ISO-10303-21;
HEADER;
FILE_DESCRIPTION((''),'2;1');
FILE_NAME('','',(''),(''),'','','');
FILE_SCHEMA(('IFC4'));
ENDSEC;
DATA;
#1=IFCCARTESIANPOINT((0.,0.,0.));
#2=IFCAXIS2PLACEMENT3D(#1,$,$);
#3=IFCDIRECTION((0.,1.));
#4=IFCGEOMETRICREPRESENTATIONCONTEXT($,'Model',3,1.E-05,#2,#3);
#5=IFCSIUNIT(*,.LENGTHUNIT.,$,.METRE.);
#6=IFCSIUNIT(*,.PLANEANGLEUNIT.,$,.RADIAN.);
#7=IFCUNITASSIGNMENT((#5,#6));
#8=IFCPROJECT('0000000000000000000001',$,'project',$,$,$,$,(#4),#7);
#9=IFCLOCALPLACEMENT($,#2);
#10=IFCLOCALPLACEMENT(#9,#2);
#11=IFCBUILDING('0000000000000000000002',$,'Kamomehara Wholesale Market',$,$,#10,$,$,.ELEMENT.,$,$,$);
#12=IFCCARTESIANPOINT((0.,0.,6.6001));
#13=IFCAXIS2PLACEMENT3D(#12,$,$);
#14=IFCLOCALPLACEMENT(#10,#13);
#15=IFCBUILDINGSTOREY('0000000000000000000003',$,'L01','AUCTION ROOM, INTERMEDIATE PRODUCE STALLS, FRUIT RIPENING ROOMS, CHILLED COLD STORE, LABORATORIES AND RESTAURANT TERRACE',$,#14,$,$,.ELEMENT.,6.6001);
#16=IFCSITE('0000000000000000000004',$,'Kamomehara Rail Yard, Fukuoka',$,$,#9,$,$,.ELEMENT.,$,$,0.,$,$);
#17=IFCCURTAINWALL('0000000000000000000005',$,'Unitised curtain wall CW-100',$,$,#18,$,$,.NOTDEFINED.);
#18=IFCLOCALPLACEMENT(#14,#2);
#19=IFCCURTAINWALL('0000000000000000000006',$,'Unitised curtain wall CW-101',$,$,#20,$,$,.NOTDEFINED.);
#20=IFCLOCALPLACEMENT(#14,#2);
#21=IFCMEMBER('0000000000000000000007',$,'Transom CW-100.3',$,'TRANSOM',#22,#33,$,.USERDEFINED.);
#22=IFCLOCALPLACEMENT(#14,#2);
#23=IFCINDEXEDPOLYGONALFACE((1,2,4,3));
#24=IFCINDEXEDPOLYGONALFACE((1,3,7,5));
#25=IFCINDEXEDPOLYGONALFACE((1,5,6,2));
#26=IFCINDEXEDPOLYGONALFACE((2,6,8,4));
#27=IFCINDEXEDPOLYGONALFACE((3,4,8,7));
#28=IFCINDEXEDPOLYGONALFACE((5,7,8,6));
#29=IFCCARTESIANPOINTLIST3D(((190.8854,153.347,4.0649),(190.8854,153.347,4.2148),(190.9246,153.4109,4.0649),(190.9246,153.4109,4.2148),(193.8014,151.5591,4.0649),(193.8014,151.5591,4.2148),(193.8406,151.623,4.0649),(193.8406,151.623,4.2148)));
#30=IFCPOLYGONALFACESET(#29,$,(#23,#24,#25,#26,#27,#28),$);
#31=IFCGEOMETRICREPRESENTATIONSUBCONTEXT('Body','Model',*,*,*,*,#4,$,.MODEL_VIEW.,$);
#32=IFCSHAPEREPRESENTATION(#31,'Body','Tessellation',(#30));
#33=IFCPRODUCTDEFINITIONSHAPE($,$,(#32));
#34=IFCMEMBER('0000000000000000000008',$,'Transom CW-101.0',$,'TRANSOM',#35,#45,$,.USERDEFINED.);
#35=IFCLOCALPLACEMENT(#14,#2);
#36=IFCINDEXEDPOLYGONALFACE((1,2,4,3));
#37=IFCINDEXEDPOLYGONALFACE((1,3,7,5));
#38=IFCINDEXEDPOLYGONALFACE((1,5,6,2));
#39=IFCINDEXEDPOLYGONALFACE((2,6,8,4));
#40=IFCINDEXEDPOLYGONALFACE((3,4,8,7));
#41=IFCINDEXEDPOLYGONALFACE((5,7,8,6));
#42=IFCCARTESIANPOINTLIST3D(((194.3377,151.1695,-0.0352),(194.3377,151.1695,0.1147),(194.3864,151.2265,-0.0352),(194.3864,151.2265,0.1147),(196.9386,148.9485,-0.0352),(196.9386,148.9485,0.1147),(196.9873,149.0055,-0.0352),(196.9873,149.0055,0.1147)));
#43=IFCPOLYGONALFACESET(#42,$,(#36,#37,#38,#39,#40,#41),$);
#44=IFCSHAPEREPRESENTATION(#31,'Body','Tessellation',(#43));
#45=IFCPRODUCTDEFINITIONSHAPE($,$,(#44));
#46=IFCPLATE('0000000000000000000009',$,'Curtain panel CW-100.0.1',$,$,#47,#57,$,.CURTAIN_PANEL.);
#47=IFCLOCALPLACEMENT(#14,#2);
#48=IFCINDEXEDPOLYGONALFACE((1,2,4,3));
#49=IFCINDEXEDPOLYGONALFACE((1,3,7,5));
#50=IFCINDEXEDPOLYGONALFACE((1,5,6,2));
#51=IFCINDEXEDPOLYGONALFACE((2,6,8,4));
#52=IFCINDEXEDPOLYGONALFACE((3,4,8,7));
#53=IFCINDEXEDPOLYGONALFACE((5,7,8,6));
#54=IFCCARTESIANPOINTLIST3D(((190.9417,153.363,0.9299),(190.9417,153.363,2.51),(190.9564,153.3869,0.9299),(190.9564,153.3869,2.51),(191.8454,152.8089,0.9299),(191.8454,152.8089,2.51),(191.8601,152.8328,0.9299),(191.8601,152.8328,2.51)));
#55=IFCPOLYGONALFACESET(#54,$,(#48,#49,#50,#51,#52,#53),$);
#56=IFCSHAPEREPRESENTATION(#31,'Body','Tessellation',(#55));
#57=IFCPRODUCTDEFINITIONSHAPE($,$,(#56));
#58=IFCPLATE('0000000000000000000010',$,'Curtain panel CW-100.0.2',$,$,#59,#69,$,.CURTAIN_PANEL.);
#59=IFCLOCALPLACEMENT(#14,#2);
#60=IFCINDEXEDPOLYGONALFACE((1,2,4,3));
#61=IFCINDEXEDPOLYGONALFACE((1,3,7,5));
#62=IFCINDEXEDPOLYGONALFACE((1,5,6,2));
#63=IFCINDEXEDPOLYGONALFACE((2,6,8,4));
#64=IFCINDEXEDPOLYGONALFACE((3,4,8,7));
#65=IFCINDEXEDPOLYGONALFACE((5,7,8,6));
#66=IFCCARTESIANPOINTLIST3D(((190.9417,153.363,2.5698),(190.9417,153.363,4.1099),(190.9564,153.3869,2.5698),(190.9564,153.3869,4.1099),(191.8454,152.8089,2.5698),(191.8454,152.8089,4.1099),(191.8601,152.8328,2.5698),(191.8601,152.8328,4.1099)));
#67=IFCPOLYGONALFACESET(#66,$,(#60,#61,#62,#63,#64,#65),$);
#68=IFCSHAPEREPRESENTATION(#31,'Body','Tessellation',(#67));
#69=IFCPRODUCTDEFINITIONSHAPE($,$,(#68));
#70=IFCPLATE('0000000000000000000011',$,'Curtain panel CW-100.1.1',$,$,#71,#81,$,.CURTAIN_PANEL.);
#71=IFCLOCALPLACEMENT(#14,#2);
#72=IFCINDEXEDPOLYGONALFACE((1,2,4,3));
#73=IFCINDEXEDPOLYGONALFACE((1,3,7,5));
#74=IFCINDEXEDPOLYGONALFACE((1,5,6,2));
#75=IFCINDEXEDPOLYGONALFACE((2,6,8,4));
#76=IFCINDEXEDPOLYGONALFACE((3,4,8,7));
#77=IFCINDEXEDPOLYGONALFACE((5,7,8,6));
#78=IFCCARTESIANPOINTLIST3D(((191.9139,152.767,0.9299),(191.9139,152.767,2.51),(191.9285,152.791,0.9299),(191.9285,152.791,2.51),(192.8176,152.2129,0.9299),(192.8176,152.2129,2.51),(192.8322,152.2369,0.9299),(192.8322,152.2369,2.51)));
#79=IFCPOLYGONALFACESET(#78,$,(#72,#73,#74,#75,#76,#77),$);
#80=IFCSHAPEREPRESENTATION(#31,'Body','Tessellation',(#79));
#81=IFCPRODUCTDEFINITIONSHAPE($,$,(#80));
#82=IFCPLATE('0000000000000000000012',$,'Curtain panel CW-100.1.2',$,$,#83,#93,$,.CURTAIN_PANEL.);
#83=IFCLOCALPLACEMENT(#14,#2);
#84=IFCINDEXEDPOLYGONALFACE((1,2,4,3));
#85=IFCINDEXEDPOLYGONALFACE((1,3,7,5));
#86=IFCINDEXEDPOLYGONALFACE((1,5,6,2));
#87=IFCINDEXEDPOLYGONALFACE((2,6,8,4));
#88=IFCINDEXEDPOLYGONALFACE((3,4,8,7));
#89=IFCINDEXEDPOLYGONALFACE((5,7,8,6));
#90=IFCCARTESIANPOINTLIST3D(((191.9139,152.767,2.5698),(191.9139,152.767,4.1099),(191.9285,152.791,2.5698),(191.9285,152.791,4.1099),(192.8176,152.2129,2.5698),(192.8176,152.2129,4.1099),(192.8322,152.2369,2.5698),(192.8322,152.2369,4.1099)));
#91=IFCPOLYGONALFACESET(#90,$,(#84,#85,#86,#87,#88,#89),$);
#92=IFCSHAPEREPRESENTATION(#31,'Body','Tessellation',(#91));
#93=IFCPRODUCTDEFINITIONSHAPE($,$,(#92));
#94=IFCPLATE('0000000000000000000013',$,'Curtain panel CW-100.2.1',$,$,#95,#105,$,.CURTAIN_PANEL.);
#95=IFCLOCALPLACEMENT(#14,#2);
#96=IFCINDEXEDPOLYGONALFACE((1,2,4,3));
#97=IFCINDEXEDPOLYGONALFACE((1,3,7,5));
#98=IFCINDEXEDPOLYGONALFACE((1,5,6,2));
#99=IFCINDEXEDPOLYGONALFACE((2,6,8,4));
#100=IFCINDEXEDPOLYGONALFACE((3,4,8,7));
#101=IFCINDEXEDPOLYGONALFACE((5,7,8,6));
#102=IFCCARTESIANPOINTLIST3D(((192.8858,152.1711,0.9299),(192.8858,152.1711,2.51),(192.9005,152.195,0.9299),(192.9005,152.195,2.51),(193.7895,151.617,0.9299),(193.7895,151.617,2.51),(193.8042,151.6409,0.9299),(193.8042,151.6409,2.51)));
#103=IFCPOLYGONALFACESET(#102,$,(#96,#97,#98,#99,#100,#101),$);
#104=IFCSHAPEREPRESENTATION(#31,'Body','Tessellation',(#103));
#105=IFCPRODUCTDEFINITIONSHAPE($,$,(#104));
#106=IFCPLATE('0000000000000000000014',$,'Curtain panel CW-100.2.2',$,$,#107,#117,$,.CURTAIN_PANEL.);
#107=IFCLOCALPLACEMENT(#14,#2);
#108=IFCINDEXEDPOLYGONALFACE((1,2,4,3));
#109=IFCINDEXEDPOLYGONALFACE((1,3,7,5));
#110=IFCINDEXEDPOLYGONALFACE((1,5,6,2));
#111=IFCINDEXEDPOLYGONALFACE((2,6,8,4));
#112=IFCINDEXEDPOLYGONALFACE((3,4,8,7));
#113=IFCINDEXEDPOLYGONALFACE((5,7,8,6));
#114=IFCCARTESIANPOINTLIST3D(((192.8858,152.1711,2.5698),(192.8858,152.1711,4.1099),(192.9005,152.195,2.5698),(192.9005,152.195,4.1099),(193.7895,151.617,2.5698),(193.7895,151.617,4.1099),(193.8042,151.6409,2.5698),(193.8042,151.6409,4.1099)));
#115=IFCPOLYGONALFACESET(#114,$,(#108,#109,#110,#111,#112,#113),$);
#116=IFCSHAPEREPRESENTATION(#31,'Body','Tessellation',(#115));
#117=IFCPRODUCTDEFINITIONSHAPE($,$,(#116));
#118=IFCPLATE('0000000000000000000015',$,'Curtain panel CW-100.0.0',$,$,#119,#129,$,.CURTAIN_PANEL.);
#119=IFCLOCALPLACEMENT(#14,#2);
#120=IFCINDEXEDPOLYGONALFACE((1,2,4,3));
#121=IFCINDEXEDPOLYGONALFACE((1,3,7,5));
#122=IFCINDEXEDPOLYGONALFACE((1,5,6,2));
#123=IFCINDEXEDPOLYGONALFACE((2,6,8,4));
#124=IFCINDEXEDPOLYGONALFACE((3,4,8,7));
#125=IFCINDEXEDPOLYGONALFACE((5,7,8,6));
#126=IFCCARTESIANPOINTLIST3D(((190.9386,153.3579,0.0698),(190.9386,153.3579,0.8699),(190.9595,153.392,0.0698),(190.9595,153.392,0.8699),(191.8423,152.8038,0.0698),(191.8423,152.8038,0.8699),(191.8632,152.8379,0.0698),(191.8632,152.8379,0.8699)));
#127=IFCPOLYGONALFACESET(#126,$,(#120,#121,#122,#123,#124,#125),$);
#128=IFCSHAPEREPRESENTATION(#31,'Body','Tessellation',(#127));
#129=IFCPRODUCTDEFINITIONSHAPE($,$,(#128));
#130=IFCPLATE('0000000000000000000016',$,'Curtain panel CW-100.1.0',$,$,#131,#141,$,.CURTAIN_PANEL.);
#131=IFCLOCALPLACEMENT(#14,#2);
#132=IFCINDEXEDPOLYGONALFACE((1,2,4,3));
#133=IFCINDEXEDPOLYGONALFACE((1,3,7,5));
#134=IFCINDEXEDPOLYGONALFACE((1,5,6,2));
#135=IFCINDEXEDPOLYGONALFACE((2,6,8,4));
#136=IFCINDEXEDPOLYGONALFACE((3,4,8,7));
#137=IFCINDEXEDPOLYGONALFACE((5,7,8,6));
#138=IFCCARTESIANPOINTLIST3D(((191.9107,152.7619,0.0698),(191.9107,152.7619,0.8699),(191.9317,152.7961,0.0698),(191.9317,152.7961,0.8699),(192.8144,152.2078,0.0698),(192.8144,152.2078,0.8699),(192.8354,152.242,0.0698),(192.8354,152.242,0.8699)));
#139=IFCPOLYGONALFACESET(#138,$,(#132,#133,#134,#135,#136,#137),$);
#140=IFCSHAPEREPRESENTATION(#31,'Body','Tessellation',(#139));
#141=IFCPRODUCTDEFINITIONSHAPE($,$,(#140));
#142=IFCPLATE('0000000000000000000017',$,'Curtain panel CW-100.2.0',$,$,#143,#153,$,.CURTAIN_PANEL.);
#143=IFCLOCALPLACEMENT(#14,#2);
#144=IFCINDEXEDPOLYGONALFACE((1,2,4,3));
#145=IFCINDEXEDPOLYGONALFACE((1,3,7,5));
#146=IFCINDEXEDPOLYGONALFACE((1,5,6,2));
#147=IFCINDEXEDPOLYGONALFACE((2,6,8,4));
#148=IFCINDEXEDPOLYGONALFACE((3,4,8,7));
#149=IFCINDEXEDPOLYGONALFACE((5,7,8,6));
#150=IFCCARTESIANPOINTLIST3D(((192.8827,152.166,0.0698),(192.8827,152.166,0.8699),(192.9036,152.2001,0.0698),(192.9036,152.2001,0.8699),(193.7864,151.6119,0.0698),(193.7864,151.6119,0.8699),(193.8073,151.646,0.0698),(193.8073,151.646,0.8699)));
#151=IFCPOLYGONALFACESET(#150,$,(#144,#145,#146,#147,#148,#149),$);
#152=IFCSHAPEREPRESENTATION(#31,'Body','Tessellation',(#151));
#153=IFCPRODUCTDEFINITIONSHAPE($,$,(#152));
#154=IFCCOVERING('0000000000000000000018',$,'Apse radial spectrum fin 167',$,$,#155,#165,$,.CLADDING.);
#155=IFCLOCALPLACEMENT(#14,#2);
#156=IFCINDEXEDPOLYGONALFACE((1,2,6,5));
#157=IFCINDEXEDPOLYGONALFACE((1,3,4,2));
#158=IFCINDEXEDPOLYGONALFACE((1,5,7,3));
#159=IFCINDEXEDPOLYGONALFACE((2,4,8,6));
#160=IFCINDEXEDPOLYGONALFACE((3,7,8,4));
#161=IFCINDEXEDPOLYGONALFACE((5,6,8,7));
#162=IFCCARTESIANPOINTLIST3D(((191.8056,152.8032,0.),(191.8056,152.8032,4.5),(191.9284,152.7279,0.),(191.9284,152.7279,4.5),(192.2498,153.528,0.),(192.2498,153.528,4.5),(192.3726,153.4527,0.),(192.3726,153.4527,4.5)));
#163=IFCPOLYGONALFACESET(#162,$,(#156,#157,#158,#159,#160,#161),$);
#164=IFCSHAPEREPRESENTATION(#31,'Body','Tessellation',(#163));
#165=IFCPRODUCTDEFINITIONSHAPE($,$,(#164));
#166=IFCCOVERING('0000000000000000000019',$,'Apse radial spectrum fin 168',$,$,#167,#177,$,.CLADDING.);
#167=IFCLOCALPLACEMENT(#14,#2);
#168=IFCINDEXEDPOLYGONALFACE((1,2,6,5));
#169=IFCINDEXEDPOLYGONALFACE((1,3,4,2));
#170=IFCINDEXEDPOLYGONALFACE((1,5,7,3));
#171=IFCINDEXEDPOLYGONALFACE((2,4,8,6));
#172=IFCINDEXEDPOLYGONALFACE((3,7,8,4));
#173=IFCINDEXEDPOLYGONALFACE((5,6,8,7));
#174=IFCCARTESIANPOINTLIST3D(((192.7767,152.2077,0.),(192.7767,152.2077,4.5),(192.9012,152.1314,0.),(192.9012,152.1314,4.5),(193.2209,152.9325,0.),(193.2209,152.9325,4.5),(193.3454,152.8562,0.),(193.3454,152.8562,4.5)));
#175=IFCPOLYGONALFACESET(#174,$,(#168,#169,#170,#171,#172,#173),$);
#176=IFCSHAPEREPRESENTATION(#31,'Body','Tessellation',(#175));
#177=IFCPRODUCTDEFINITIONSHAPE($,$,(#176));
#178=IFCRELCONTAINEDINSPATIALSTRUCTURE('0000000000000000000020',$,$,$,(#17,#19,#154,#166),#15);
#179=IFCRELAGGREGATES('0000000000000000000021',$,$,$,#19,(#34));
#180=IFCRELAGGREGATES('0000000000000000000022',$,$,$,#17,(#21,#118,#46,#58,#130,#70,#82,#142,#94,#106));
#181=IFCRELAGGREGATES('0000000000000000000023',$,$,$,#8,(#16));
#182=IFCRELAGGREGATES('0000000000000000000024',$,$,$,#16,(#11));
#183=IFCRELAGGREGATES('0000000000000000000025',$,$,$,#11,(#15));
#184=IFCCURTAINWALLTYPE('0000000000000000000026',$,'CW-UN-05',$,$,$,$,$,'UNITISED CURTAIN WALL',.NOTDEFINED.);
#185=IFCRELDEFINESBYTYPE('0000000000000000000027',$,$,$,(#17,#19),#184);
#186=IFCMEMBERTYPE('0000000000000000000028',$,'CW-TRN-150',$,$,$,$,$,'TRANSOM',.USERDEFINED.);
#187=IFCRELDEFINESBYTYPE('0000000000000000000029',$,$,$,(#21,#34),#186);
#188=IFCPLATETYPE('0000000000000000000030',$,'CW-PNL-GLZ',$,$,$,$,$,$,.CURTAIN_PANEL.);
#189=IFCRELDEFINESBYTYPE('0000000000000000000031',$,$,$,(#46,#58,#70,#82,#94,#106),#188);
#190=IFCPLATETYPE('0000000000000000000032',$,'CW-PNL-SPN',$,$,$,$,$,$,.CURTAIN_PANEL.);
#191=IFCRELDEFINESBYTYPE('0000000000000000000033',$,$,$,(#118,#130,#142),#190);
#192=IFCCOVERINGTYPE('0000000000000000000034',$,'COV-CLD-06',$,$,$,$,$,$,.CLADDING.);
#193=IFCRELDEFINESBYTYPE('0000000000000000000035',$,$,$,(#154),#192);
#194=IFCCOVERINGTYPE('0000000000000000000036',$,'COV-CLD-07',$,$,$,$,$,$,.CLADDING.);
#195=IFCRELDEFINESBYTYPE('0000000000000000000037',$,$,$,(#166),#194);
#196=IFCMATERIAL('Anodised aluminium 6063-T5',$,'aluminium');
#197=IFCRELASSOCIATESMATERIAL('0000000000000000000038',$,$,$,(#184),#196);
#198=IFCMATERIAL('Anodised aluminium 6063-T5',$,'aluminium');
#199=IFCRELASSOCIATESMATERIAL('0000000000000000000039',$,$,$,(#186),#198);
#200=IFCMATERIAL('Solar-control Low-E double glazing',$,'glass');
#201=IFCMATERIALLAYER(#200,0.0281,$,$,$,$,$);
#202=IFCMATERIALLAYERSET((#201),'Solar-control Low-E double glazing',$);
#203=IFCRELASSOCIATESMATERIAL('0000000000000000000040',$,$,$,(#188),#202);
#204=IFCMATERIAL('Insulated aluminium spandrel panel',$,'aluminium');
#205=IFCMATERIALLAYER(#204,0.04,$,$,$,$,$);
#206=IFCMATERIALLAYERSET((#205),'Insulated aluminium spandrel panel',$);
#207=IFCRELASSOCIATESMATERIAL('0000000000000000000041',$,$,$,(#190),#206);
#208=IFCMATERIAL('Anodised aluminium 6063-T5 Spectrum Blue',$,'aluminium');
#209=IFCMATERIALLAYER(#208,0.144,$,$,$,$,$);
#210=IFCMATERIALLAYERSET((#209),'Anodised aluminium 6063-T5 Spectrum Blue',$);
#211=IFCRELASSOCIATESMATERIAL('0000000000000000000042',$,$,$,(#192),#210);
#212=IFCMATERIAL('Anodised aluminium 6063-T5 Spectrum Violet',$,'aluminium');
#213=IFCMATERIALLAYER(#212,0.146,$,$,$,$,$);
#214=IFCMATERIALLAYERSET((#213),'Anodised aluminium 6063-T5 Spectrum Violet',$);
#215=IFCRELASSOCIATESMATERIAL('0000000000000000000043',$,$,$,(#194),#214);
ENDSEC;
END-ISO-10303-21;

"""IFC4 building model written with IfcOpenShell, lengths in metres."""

from ifc_helpers import new_model, si_unit, direction, frame, origin, origin_2d, place, context, subcontext, project, spatial, rectangle, extrude, material, layer, layer_set, material_profile, profile_set, type_object, element, aggregate, save


model = new_model("IFC4")

# Units and contexts
model_context = context("Model", 3, precision=1e-05, world=origin(), true_north=direction((0.0, 1.0)))
body_context = subcontext(model_context, "Body", "Model", "MODEL_VIEW")
ifc_project = project(units=[si_unit("LENGTHUNIT", "METRE"), si_unit("PLANEANGLEUNIT", "RADIAN")], contexts=[model_context])

# Site, building, storey
site_placement = place(None, origin())
site = spatial("IfcSite", under=ifc_project, at=site_placement, Name="Kamomehara Rail Yard, Fukuoka", CompositionType="ELEMENT", RefElevation=0.0)
building_placement = place(site_placement, origin())
building = spatial("IfcBuilding", under=site, at=building_placement, Name="Kamomehara Wholesale Market", CompositionType="ELEMENT")
storey_placement = place(building_placement, frame((0.0, 0.0, 6.6001)))
storey = spatial("IfcBuildingStorey", under=building, at=storey_placement, Name="L01", Description="AUCTION ROOM, INTERMEDIATE PRODUCE STALLS, FRUIT RIPENING ROOMS, CHILLED COLD STORE, LABORATORIES AND RESTAURANT TERRACE", CompositionType="ELEMENT", Elevation=6.6001)

# Shared definitions
ifc_material_1 = material(Name="Anodised aluminium 6063-T5", Category="aluminium")
curtain_wall_type = type_object("IfcCurtainWallType", Name="CW-UN-05", ElementType="UNITISED CURTAIN WALL", PredefinedType="NOTDEFINED", material=ifc_material_1)

# Curtain wall
curtain_wall_1_placement = place(storey_placement, origin())
curtain_wall_1 = element("IfcCurtainWall", 1, at=curtain_wall_1_placement, inside=storey, type_object=curtain_wall_type, Name="Unitised curtain wall CW-100", PredefinedType="NOTDEFINED")

# Curtain wall
curtain_wall_2_placement = place(storey_placement, origin())
curtain_wall_2 = element("IfcCurtainWall", 2, at=curtain_wall_2_placement, inside=storey, type_object=curtain_wall_type, Name="Unitised curtain wall CW-101", PredefinedType="NOTDEFINED")

# Members
ifc_material_2 = material(Name="Anodised aluminium 6063-T5", Category="aluminium")
ifc_material_profile_1 = material_profile(ifc_material_2, rectangle(XDim=0.075, YDim=0.1499, at=origin_2d()), Name="ALU-TRN-75x150")
ifc_profile_set_1 = profile_set([ifc_material_profile_1], Name="Anodised aluminium 6063-T5")
member_type_1 = type_object("IfcMemberType", Name="CW-TRN-150", ElementType="TRANSOM", PredefinedType="USERDEFINED", material=ifc_profile_set_1)
member_1_placement = place(storey_placement, frame((190.905, 153.3789, 4.1399), z_axis=(0.852522, -0.522691, 0.0), x_axis=(0.522691, 0.852522, 0.0)))
member_1 = element("IfcMember", 3, at=member_1_placement, type_object=member_type_1, Name="Transom CW-100.3", ObjectType="TRANSOM", PredefinedType="USERDEFINED", context=body_context, shape_type="SweptSolid", body=[
    extrude(rectangle(XDim=0.075, YDim=0.1499, at=origin_2d()), origin(), (0.0, 0.0, 1.0), 3.4204),
])
member_2_placement = place(storey_placement, frame((194.3621, 151.198, 0.0398), z_axis=(0.76046, -0.649385, 0.0), x_axis=(0.649385, 0.76046, 0.0)))
member_2 = element("IfcMember", 4, at=member_2_placement, type_object=member_type_1, Name="Transom CW-101.0", ObjectType="TRANSOM", PredefinedType="USERDEFINED", context=body_context, shape_type="SweptSolid", body=[
    extrude(rectangle(XDim=0.075, YDim=0.1499, at=origin_2d()), origin(), (0.0, 0.0, 1.0), 3.4202),
])
aggregate(curtain_wall_2, [member_2])

# Plates
ifc_material_3 = material(Name="Solar-control Low-E double glazing", Category="glass")
ifc_layer_1 = layer(ifc_material_3, 0.0281)
ifc_layer_set_1 = layer_set([ifc_layer_1], Name="Solar-control Low-E double glazing")
plate_type_1 = type_object("IfcPlateType", Name="CW-PNL-GLZ", PredefinedType="CURTAIN_PANEL", material=ifc_layer_set_1)
plate_1_placement = place(storey_placement, frame((191.4009, 153.0979, 0.9299), z_axis=(0.0, 0.0, 1.0), x_axis=(0.852503, -0.522722, 0.0)))
plate_1 = element("IfcPlate", 5, at=plate_1_placement, type_object=plate_type_1, Name="Curtain panel CW-100.0.1", PredefinedType="CURTAIN_PANEL", context=body_context, shape_type="SweptSolid", body=[
    extrude(rectangle(XDim=1.0601, YDim=0.0281, at=origin_2d()), origin(), (0.0, 0.0, 1.0), 1.5801),
])
plate_2_placement = place(storey_placement, frame((191.4009, 153.0979, 2.5698), z_axis=(0.0, 0.0, 1.0), x_axis=(0.852503, -0.522722, 0.0)))
plate_2 = element("IfcPlate", 6, at=plate_2_placement, type_object=plate_type_1, Name="Curtain panel CW-100.0.2", PredefinedType="CURTAIN_PANEL", context=body_context, shape_type="SweptSolid", body=[
    extrude(rectangle(XDim=1.0601, YDim=0.0281, at=origin_2d()), origin(), (0.0, 0.0, 1.0), 1.54),
])
plate_3_placement = place(storey_placement, frame((192.373, 152.502, 0.9299), z_axis=(0.0, 0.0, 1.0), x_axis=(0.852503, -0.522722, 0.0)))
plate_3 = element("IfcPlate", 7, at=plate_3_placement, type_object=plate_type_1, Name="Curtain panel CW-100.1.1", PredefinedType="CURTAIN_PANEL", context=body_context, shape_type="SweptSolid", body=[
    extrude(rectangle(XDim=1.0601, YDim=0.0281, at=origin_2d()), origin(), (0.0, 0.0, 1.0), 1.5801),
])
plate_4_placement = place(storey_placement, frame((192.373, 152.502, 2.5698), z_axis=(0.0, 0.0, 1.0), x_axis=(0.852503, -0.522722, 0.0)))
plate_4 = element("IfcPlate", 8, at=plate_4_placement, type_object=plate_type_1, Name="Curtain panel CW-100.1.2", PredefinedType="CURTAIN_PANEL", context=body_context, shape_type="SweptSolid", body=[
    extrude(rectangle(XDim=1.0601, YDim=0.0281, at=origin_2d()), origin(), (0.0, 0.0, 1.0), 1.54),
])
plate_5_placement = place(storey_placement, frame((193.345, 151.906, 0.9299), z_axis=(0.0, 0.0, 1.0), x_axis=(0.852503, -0.522722, 0.0)))
plate_5 = element("IfcPlate", 9, at=plate_5_placement, type_object=plate_type_1, Name="Curtain panel CW-100.2.1", PredefinedType="CURTAIN_PANEL", context=body_context, shape_type="SweptSolid", body=[
    extrude(rectangle(XDim=1.0601, YDim=0.0281, at=origin_2d()), origin(), (0.0, 0.0, 1.0), 1.5801),
])
plate_6_placement = place(storey_placement, frame((193.345, 151.906, 2.5698), z_axis=(0.0, 0.0, 1.0), x_axis=(0.852503, -0.522722, 0.0)))
plate_6 = element("IfcPlate", 10, at=plate_6_placement, type_object=plate_type_1, Name="Curtain panel CW-100.2.2", PredefinedType="CURTAIN_PANEL", context=body_context, shape_type="SweptSolid", body=[
    extrude(rectangle(XDim=1.0601, YDim=0.0281, at=origin_2d()), origin(), (0.0, 0.0, 1.0), 1.54),
])
ifc_material_4 = material(Name="Insulated aluminium spandrel panel", Category="aluminium")
ifc_layer_2 = layer(ifc_material_4, 0.04)
ifc_layer_set_2 = layer_set([ifc_layer_2], Name="Insulated aluminium spandrel panel")
plate_type_2 = type_object("IfcPlateType", Name="CW-PNL-SPN", PredefinedType="CURTAIN_PANEL", material=ifc_layer_set_2)
plate_7_placement = place(storey_placement, frame((191.4009, 153.0979, 0.0698), z_axis=(0.0, 0.0, 1.0), x_axis=(0.852503, -0.522722, 0.0)))
plate_7 = element("IfcPlate", 11, at=plate_7_placement, type_object=plate_type_2, Name="Curtain panel CW-100.0.0", PredefinedType="CURTAIN_PANEL", context=body_context, shape_type="SweptSolid", body=[
    extrude(rectangle(XDim=1.0601, YDim=0.04, at=origin_2d()), origin(), (0.0, 0.0, 1.0), 0.8),
])
plate_8_placement = place(storey_placement, frame((192.373, 152.502, 0.0698), z_axis=(0.0, 0.0, 1.0), x_axis=(0.852503, -0.522722, 0.0)))
plate_8 = element("IfcPlate", 12, at=plate_8_placement, type_object=plate_type_2, Name="Curtain panel CW-100.1.0", PredefinedType="CURTAIN_PANEL", context=body_context, shape_type="SweptSolid", body=[
    extrude(rectangle(XDim=1.0601, YDim=0.04, at=origin_2d()), origin(), (0.0, 0.0, 1.0), 0.8),
])
plate_9_placement = place(storey_placement, frame((193.345, 151.906, 0.0698), z_axis=(0.0, 0.0, 1.0), x_axis=(0.852503, -0.522722, 0.0)))
plate_9 = element("IfcPlate", 13, at=plate_9_placement, type_object=plate_type_2, Name="Curtain panel CW-100.2.0", PredefinedType="CURTAIN_PANEL", context=body_context, shape_type="SweptSolid", body=[
    extrude(rectangle(XDim=1.0601, YDim=0.04, at=origin_2d()), origin(), (0.0, 0.0, 1.0), 0.8),
])
aggregate(curtain_wall_1, [member_1, plate_7, plate_1, plate_2, plate_8, plate_3, plate_4, plate_9, plate_5, plate_6])

# Coverings
ifc_material_5 = material(Name="Anodised aluminium 6063-T5 Spectrum Blue", Category="aluminium")
ifc_layer_3 = layer(ifc_material_5, 0.144)
ifc_layer_set_3 = layer_set([ifc_layer_3], Name="Anodised aluminium 6063-T5 Spectrum Blue")
covering_type_1 = type_object("IfcCoveringType", Name="COV-CLD-06", PredefinedType="CLADDING", material=ifc_layer_set_3)
covering_1_placement = place(storey_placement, frame((192.0891, 153.1279, 0.0), z_axis=(0.0, 0.0, 1.0), x_axis=(0.852604, -0.522558, 0.0)))
element("IfcCovering", 14, at=covering_1_placement, inside=storey, type_object=covering_type_1, Name="Apse radial spectrum fin 167", PredefinedType="CLADDING", context=body_context, shape_type="SweptSolid", body=[
    extrude(rectangle(XDim=0.144, YDim=0.8501, at=origin_2d()), origin(), (0.0, 0.0, 1.0), 4.5),
])
ifc_material_6 = material(Name="Anodised aluminium 6063-T5 Spectrum Violet", Category="aluminium")
ifc_layer_4 = layer(ifc_material_6, 0.146)
ifc_layer_set_4 = layer_set([ifc_layer_4], Name="Anodised aluminium 6063-T5 Spectrum Violet")
covering_type_2 = type_object("IfcCoveringType", Name="COV-CLD-07", PredefinedType="CLADDING", material=ifc_layer_set_4)
covering_2_placement = place(storey_placement, frame((193.061, 152.532, 0.0), z_axis=(0.0, 0.0, 1.0), x_axis=(0.852604, -0.522558, 0.0)))
element("IfcCovering", 15, at=covering_2_placement, inside=storey, type_object=covering_type_2, Name="Apse radial spectrum fin 168", PredefinedType="CLADDING", context=body_context, shape_type="SweptSolid", body=[
    extrude(rectangle(XDim=0.146, YDim=0.8501, at=origin_2d()), origin(), (0.0, 0.0, 1.0), 4.5),
])

save(model, "model.ifc")
